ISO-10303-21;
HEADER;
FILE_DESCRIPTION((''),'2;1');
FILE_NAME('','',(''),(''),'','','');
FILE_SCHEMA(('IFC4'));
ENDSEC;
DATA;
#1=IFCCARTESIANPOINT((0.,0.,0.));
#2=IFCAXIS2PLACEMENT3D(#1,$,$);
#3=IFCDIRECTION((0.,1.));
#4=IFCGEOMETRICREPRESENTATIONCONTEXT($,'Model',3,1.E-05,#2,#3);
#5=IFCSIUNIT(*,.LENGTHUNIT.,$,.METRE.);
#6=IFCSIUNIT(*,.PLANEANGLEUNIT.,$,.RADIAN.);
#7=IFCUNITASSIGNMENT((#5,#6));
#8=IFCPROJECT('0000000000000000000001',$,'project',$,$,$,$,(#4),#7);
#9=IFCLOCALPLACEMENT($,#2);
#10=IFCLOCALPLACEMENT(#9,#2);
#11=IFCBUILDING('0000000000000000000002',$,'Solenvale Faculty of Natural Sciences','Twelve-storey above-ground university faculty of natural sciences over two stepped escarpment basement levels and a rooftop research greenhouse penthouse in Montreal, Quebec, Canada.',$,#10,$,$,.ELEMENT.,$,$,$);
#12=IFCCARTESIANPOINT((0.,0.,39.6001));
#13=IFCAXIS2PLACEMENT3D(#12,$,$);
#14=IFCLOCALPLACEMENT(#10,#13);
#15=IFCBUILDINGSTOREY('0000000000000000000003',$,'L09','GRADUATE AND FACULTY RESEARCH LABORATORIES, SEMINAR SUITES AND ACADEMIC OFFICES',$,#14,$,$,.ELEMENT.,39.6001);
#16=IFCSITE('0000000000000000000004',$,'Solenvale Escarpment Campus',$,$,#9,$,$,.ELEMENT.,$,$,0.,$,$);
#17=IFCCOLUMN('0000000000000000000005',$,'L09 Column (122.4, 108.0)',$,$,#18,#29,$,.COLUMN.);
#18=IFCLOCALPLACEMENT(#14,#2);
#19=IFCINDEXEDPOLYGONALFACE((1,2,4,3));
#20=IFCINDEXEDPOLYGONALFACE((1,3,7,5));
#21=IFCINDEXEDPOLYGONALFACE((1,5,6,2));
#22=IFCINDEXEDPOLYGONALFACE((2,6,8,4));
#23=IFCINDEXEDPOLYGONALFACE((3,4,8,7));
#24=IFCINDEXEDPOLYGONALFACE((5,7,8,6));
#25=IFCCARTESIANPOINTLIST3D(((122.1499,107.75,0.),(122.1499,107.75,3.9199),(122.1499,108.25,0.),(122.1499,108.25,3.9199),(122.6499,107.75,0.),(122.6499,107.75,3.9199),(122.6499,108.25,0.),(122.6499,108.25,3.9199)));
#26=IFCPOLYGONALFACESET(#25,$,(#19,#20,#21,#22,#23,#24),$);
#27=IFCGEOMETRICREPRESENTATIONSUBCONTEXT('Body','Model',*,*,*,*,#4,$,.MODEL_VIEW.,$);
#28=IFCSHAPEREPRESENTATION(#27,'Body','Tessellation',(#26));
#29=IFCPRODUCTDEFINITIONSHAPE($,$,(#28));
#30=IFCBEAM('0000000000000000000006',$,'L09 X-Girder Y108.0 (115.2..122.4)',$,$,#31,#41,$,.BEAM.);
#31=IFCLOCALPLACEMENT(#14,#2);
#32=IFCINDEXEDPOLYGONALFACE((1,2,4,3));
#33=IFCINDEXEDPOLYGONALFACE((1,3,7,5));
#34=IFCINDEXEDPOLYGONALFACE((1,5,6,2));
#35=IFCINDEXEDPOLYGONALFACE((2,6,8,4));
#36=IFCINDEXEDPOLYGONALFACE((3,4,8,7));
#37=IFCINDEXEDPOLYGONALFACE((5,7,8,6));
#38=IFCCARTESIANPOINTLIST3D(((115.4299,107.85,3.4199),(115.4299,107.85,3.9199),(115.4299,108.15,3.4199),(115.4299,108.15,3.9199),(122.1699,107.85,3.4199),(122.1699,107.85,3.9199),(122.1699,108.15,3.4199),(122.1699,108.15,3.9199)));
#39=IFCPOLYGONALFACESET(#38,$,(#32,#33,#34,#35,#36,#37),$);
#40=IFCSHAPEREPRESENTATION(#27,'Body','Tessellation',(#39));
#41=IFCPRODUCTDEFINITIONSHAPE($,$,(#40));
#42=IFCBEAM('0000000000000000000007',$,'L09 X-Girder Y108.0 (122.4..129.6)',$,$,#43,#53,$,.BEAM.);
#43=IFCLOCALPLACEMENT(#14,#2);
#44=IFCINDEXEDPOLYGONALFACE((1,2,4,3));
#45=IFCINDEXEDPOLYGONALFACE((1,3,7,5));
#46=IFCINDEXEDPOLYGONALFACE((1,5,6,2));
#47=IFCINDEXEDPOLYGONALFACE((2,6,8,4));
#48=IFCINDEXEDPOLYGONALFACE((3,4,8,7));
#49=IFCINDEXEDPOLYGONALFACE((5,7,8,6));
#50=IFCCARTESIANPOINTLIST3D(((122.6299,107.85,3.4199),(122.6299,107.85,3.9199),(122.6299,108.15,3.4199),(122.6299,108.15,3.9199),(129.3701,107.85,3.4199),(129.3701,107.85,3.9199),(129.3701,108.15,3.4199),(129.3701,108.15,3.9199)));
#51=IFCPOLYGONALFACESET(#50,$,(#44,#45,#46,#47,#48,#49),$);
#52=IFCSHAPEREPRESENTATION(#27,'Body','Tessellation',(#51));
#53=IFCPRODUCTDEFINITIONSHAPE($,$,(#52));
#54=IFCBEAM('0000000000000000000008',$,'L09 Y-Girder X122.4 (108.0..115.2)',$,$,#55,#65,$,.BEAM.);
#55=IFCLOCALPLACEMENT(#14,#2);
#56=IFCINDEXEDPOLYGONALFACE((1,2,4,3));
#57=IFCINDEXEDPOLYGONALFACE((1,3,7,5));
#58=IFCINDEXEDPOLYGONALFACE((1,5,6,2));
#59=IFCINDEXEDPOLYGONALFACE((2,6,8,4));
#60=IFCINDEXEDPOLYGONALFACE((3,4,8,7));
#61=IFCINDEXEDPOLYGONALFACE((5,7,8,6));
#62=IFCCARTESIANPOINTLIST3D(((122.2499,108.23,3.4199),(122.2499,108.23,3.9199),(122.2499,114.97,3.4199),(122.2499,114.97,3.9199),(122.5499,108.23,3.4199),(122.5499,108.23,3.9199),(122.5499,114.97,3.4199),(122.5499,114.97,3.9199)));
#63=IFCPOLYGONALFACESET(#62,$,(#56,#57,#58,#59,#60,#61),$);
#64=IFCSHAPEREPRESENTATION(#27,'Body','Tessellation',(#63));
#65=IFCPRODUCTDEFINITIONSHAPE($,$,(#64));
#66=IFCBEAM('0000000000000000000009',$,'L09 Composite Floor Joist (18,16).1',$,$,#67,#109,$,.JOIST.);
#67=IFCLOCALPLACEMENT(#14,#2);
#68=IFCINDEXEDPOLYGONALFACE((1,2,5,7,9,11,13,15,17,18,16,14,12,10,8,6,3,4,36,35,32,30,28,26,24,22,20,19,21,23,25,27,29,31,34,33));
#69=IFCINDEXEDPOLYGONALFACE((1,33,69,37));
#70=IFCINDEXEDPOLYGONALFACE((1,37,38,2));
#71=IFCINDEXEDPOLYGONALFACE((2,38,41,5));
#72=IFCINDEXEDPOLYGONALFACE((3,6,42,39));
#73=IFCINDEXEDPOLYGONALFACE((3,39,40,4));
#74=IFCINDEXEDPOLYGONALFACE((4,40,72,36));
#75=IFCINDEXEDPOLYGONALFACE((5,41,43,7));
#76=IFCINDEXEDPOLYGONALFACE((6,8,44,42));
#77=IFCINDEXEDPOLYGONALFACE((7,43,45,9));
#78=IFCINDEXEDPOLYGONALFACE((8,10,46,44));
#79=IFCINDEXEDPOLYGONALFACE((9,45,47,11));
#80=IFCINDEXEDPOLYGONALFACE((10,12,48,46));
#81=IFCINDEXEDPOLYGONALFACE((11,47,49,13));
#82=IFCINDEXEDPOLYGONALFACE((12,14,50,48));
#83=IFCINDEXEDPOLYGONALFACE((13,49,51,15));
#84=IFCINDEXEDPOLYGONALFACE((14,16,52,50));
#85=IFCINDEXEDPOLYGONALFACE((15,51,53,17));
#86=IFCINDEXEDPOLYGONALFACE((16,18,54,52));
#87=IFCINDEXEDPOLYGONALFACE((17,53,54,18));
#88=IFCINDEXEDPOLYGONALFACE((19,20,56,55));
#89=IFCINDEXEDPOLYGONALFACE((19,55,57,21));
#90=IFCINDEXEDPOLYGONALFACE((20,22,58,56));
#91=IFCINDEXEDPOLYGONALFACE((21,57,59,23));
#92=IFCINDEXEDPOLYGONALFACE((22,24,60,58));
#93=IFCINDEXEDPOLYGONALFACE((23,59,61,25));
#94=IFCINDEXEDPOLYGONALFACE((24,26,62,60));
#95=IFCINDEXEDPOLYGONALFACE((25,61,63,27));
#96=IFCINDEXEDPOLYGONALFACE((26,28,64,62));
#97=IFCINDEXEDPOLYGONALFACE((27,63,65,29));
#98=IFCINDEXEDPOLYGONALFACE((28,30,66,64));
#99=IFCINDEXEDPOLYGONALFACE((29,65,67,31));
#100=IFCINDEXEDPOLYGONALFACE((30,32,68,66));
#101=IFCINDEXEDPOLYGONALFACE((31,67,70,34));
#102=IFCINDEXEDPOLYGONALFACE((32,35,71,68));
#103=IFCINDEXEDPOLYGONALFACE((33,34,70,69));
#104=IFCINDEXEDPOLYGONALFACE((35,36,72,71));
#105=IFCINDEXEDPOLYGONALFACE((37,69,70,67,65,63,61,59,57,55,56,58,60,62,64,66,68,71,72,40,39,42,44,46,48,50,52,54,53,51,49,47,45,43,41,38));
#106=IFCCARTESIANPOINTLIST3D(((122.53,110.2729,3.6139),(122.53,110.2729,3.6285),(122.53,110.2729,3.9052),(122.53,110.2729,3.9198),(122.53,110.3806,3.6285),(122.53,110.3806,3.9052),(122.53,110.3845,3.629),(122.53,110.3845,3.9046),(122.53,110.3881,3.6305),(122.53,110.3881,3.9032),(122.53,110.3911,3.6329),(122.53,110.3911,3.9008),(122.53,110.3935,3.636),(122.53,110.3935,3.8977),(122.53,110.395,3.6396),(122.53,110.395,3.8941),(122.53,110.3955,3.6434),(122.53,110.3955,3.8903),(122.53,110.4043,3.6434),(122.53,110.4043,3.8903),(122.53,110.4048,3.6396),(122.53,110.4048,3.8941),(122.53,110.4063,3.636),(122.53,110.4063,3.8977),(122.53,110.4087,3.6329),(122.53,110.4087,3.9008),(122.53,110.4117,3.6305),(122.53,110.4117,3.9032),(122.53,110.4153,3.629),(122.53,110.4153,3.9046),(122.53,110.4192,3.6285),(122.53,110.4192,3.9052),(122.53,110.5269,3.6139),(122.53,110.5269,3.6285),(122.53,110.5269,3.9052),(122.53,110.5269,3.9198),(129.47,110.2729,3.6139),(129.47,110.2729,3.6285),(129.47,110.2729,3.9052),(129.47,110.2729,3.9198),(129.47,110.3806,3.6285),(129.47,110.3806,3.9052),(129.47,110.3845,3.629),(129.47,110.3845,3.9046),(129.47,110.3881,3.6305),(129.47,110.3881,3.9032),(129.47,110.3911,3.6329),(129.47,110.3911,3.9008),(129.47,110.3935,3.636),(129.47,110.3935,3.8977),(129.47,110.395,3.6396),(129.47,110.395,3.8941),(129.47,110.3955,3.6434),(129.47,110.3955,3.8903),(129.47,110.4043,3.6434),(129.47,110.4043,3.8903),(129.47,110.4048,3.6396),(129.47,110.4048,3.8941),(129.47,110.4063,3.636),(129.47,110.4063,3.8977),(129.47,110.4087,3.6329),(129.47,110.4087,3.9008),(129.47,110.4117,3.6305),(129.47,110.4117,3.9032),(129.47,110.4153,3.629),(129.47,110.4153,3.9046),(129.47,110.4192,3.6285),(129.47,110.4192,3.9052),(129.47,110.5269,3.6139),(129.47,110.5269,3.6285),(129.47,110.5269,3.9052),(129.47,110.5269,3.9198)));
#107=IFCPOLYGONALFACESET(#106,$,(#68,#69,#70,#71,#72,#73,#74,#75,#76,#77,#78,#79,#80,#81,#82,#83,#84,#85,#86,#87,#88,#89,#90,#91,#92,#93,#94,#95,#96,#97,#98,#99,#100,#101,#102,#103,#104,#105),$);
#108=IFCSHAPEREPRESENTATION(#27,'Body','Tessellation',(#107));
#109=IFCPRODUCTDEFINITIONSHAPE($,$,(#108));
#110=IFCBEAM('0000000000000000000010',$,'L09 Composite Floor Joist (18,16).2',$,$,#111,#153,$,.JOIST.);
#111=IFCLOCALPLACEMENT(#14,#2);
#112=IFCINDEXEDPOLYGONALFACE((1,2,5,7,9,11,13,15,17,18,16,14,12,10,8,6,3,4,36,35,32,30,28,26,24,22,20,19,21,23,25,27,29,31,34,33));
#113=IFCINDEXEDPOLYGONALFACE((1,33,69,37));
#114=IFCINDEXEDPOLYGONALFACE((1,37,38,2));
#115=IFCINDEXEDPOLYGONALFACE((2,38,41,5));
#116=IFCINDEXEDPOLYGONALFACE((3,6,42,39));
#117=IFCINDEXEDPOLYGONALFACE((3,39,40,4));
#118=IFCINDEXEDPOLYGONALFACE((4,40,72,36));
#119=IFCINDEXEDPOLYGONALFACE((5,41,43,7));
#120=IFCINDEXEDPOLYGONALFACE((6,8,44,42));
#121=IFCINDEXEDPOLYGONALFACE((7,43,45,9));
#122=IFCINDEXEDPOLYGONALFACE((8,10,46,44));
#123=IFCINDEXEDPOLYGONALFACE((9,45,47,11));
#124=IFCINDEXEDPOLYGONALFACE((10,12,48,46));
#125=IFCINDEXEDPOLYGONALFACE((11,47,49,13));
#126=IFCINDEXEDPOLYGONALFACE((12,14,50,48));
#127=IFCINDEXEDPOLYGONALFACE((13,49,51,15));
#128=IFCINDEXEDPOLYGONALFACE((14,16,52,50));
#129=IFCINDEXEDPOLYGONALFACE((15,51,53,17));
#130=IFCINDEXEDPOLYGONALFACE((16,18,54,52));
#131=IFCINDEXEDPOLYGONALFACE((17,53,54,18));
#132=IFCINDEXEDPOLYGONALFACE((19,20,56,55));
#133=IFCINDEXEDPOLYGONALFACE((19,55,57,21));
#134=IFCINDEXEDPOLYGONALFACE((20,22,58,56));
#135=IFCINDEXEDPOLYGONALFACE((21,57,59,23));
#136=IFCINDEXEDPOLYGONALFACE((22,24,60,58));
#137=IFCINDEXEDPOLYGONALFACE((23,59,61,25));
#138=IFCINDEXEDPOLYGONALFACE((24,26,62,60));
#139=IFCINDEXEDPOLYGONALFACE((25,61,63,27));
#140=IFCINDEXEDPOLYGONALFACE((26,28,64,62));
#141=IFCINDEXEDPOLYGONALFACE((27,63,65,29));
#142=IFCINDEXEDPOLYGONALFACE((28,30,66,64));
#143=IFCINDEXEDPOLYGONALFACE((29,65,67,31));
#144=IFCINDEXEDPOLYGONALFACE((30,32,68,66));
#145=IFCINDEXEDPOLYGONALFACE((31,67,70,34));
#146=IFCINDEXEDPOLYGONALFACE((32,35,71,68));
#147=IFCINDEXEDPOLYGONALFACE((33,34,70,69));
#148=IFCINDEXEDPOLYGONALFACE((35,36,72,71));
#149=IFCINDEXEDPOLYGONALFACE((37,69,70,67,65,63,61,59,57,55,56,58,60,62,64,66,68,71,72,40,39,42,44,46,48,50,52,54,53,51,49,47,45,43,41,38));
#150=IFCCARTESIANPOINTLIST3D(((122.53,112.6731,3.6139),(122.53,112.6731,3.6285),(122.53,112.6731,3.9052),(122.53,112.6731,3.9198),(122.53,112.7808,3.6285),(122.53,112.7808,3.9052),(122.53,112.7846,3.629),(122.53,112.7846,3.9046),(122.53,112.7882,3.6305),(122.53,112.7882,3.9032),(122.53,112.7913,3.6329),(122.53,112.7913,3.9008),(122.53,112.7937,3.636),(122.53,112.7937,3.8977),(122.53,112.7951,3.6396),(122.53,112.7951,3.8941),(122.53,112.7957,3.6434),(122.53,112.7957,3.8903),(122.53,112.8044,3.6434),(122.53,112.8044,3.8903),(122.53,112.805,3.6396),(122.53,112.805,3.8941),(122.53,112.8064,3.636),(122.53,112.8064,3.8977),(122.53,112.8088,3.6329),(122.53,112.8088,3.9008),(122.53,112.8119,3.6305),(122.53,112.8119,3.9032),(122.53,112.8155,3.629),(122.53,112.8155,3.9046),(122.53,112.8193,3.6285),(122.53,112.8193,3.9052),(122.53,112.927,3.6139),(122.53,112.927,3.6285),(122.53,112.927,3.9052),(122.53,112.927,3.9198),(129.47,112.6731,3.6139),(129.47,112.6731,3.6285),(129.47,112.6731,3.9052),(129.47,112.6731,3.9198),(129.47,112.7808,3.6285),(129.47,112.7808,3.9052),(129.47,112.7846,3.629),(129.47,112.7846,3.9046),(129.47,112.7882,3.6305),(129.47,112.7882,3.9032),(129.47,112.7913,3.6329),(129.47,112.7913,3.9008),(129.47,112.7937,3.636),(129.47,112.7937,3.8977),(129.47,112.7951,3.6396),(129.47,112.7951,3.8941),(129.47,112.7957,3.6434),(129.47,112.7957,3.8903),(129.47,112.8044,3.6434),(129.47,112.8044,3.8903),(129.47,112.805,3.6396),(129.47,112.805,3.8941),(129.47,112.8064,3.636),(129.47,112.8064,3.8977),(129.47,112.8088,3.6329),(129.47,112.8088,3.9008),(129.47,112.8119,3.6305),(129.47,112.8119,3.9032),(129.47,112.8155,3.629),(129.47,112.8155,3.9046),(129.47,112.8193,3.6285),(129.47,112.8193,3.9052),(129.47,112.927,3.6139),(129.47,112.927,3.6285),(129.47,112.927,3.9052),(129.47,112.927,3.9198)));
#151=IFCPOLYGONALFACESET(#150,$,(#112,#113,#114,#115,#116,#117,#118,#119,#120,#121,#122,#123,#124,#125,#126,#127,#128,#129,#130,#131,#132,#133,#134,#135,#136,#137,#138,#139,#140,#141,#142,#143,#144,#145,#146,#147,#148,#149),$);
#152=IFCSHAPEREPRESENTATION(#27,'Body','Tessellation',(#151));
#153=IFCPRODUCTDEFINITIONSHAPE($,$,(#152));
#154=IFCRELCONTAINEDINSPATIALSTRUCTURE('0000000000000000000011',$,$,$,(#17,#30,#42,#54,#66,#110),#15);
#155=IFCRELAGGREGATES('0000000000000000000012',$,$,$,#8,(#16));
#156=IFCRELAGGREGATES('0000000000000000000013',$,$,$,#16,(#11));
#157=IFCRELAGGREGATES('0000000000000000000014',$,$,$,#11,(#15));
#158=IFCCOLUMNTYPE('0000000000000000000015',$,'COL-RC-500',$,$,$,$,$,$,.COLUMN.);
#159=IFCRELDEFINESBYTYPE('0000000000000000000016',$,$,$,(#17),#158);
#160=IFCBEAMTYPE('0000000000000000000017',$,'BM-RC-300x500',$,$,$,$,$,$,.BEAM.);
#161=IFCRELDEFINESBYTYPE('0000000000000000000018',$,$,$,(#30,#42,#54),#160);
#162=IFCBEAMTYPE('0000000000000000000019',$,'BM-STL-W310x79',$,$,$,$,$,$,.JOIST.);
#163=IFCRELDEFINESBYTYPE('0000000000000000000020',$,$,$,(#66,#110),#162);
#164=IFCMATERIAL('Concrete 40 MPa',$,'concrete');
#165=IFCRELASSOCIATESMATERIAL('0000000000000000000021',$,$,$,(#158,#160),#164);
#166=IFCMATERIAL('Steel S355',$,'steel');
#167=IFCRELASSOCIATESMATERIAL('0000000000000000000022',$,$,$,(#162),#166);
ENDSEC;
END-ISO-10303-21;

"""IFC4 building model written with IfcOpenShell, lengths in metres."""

from ifc_helpers import new_model, si_unit, direction, frame, origin, origin_2d, place, context, subcontext, project, spatial, rectangle, i_section, extrude, material, material_profile, profile_set, type_object, element, save


model = new_model("IFC4")

# Units and contexts
model_context = context("Model", 3, precision=1e-05, world=origin(), true_north=direction((0.0, 1.0)))
body_context = subcontext(model_context, "Body", "Model", "MODEL_VIEW")
ifc_project = project(units=[si_unit("LENGTHUNIT", "METRE"), si_unit("PLANEANGLEUNIT", "RADIAN")], contexts=[model_context])

# Site, building, storey
site_placement = place(None, origin())
site = spatial("IfcSite", under=ifc_project, at=site_placement, Name="Solenvale Escarpment Campus", CompositionType="ELEMENT", RefElevation=0.0)
building_placement = place(site_placement, origin())
building = spatial("IfcBuilding", under=site, at=building_placement, Name="Solenvale Faculty of Natural Sciences", Description="Twelve-storey above-ground university faculty of natural sciences over two stepped escarpment basement levels and a rooftop research greenhouse penthouse in Montreal, Quebec, Canada.", CompositionType="ELEMENT")
storey_placement = place(building_placement, frame((0.0, 0.0, 39.6001)))
storey = spatial("IfcBuildingStorey", under=building, at=storey_placement, Name="L09", Description="GRADUATE AND FACULTY RESEARCH LABORATORIES, SEMINAR SUITES AND ACADEMIC OFFICES", CompositionType="ELEMENT", Elevation=39.6001)

# Column
ifc_material_1 = material(Name="Concrete 40 MPa", Category="concrete")
ifc_material_profile_1 = material_profile(ifc_material_1, rectangle(XDim=0.5, YDim=0.5, at=origin_2d()), Name="RC-COL-500x500")
ifc_profile_set_1 = profile_set([ifc_material_profile_1], Name="Concrete 40 MPa")
column_type = type_object("IfcColumnType", Name="COL-RC-500", PredefinedType="COLUMN", material=ifc_profile_set_1)
column_placement = place(storey_placement, frame((122.3999, 108.0, 0.0), z_axis=(0.0, 0.0, 1.0), x_axis=(1.0, 0.0, 0.0)))
element("IfcColumn", 1, at=column_placement, inside=storey, type_object=column_type, Name="L09 Column (122.4, 108.0)", PredefinedType="COLUMN", context=body_context, shape_type="SweptSolid", body=[
    extrude(rectangle(XDim=0.5, YDim=0.5, at=origin_2d()), origin(), (0.0, 0.0, 1.0), 3.9199),
])

# Beams
ifc_material_profile_2 = material_profile(ifc_material_1, rectangle(XDim=0.3, YDim=0.5, at=origin_2d()), Name="RC-BM-300x500")
ifc_profile_set_2 = profile_set([ifc_material_profile_2], Name="Concrete 40 MPa")
beam_type_1 = type_object("IfcBeamType", Name="BM-RC-300x500", PredefinedType="BEAM", material=ifc_profile_set_2)
beam_1_placement = place(storey_placement, frame((115.4299, 108.0, 3.6699), z_axis=(1.0, 0.0, 0.0), x_axis=(0.0, 1.0, 0.0)))
element("IfcBeam", 2, at=beam_1_placement, inside=storey, type_object=beam_type_1, Name="L09 X-Girder Y108.0 (115.2..122.4)", PredefinedType="BEAM", context=body_context, shape_type="SweptSolid", body=[
    extrude(rectangle(XDim=0.3, YDim=0.5, at=origin_2d()), origin(), (0.0, 0.0, 1.0), 6.74),
])
beam_2_placement = place(storey_placement, frame((122.6299, 108.0, 3.6699), z_axis=(1.0, 0.0, 0.0), x_axis=(0.0, 1.0, 0.0)))
element("IfcBeam", 3, at=beam_2_placement, inside=storey, type_object=beam_type_1, Name="L09 X-Girder Y108.0 (122.4..129.6)", PredefinedType="BEAM", context=body_context, shape_type="SweptSolid", body=[
    extrude(rectangle(XDim=0.3, YDim=0.5, at=origin_2d()), origin(), (0.0, 0.0, 1.0), 6.7402),
])
beam_3_placement = place(storey_placement, frame((122.3999, 108.23, 3.6699), z_axis=(0.0, 1.0, 0.0), x_axis=(-1.0, 0.0, 0.0)))
element("IfcBeam", 4, at=beam_3_placement, inside=storey, type_object=beam_type_1, Name="L09 Y-Girder X122.4 (108.0..115.2)", PredefinedType="BEAM", context=body_context, shape_type="SweptSolid", body=[
    extrude(rectangle(XDim=0.3, YDim=0.5, at=origin_2d()), origin(), (0.0, 0.0, 1.0), 6.74),
])
ifc_material_2 = material(Name="Steel S355", Category="steel")
ifc_material_profile_3 = material_profile(ifc_material_2, i_section(OverallWidth=0.2539, OverallDepth=0.3059, WebThickness=0.0088, FlangeThickness=0.0146, FilletRadius=0.0149, at=origin_2d()), Name="W310x79")
ifc_profile_set_3 = profile_set([ifc_material_profile_3], Name="Steel S355")
beam_type_2 = type_object("IfcBeamType", Name="BM-STL-W310x79", PredefinedType="JOIST", material=ifc_profile_set_3)
for number, where, z_axis, x_axis, name in (
    (5, (122.53, 110.3999, 3.7668), (1.0, 0.0, 0.0), (0.0, 1.0, 0.0), "L09 Composite Floor Joist (18,16).1"),
    (6, (122.53, 112.8, 3.7668), (1.0, 0.0, 0.0), (0.0, 1.0, 0.0), "L09 Composite Floor Joist (18,16).2"),
):
    element("IfcBeam", number, at=place(storey_placement, frame(where, z_axis=z_axis, x_axis=x_axis)), inside=storey, type_object=beam_type_2, Name=name, PredefinedType="JOIST", context=body_context, shape_type="SweptSolid", body=[
        extrude(i_section(OverallWidth=0.2539, OverallDepth=0.3059, WebThickness=0.0088, FlangeThickness=0.0146, FilletRadius=0.0149, at=origin_2d()), origin(), (0.0, 0.0, 1.0), 6.9399),
    ])

save(model, "model.ifc")
